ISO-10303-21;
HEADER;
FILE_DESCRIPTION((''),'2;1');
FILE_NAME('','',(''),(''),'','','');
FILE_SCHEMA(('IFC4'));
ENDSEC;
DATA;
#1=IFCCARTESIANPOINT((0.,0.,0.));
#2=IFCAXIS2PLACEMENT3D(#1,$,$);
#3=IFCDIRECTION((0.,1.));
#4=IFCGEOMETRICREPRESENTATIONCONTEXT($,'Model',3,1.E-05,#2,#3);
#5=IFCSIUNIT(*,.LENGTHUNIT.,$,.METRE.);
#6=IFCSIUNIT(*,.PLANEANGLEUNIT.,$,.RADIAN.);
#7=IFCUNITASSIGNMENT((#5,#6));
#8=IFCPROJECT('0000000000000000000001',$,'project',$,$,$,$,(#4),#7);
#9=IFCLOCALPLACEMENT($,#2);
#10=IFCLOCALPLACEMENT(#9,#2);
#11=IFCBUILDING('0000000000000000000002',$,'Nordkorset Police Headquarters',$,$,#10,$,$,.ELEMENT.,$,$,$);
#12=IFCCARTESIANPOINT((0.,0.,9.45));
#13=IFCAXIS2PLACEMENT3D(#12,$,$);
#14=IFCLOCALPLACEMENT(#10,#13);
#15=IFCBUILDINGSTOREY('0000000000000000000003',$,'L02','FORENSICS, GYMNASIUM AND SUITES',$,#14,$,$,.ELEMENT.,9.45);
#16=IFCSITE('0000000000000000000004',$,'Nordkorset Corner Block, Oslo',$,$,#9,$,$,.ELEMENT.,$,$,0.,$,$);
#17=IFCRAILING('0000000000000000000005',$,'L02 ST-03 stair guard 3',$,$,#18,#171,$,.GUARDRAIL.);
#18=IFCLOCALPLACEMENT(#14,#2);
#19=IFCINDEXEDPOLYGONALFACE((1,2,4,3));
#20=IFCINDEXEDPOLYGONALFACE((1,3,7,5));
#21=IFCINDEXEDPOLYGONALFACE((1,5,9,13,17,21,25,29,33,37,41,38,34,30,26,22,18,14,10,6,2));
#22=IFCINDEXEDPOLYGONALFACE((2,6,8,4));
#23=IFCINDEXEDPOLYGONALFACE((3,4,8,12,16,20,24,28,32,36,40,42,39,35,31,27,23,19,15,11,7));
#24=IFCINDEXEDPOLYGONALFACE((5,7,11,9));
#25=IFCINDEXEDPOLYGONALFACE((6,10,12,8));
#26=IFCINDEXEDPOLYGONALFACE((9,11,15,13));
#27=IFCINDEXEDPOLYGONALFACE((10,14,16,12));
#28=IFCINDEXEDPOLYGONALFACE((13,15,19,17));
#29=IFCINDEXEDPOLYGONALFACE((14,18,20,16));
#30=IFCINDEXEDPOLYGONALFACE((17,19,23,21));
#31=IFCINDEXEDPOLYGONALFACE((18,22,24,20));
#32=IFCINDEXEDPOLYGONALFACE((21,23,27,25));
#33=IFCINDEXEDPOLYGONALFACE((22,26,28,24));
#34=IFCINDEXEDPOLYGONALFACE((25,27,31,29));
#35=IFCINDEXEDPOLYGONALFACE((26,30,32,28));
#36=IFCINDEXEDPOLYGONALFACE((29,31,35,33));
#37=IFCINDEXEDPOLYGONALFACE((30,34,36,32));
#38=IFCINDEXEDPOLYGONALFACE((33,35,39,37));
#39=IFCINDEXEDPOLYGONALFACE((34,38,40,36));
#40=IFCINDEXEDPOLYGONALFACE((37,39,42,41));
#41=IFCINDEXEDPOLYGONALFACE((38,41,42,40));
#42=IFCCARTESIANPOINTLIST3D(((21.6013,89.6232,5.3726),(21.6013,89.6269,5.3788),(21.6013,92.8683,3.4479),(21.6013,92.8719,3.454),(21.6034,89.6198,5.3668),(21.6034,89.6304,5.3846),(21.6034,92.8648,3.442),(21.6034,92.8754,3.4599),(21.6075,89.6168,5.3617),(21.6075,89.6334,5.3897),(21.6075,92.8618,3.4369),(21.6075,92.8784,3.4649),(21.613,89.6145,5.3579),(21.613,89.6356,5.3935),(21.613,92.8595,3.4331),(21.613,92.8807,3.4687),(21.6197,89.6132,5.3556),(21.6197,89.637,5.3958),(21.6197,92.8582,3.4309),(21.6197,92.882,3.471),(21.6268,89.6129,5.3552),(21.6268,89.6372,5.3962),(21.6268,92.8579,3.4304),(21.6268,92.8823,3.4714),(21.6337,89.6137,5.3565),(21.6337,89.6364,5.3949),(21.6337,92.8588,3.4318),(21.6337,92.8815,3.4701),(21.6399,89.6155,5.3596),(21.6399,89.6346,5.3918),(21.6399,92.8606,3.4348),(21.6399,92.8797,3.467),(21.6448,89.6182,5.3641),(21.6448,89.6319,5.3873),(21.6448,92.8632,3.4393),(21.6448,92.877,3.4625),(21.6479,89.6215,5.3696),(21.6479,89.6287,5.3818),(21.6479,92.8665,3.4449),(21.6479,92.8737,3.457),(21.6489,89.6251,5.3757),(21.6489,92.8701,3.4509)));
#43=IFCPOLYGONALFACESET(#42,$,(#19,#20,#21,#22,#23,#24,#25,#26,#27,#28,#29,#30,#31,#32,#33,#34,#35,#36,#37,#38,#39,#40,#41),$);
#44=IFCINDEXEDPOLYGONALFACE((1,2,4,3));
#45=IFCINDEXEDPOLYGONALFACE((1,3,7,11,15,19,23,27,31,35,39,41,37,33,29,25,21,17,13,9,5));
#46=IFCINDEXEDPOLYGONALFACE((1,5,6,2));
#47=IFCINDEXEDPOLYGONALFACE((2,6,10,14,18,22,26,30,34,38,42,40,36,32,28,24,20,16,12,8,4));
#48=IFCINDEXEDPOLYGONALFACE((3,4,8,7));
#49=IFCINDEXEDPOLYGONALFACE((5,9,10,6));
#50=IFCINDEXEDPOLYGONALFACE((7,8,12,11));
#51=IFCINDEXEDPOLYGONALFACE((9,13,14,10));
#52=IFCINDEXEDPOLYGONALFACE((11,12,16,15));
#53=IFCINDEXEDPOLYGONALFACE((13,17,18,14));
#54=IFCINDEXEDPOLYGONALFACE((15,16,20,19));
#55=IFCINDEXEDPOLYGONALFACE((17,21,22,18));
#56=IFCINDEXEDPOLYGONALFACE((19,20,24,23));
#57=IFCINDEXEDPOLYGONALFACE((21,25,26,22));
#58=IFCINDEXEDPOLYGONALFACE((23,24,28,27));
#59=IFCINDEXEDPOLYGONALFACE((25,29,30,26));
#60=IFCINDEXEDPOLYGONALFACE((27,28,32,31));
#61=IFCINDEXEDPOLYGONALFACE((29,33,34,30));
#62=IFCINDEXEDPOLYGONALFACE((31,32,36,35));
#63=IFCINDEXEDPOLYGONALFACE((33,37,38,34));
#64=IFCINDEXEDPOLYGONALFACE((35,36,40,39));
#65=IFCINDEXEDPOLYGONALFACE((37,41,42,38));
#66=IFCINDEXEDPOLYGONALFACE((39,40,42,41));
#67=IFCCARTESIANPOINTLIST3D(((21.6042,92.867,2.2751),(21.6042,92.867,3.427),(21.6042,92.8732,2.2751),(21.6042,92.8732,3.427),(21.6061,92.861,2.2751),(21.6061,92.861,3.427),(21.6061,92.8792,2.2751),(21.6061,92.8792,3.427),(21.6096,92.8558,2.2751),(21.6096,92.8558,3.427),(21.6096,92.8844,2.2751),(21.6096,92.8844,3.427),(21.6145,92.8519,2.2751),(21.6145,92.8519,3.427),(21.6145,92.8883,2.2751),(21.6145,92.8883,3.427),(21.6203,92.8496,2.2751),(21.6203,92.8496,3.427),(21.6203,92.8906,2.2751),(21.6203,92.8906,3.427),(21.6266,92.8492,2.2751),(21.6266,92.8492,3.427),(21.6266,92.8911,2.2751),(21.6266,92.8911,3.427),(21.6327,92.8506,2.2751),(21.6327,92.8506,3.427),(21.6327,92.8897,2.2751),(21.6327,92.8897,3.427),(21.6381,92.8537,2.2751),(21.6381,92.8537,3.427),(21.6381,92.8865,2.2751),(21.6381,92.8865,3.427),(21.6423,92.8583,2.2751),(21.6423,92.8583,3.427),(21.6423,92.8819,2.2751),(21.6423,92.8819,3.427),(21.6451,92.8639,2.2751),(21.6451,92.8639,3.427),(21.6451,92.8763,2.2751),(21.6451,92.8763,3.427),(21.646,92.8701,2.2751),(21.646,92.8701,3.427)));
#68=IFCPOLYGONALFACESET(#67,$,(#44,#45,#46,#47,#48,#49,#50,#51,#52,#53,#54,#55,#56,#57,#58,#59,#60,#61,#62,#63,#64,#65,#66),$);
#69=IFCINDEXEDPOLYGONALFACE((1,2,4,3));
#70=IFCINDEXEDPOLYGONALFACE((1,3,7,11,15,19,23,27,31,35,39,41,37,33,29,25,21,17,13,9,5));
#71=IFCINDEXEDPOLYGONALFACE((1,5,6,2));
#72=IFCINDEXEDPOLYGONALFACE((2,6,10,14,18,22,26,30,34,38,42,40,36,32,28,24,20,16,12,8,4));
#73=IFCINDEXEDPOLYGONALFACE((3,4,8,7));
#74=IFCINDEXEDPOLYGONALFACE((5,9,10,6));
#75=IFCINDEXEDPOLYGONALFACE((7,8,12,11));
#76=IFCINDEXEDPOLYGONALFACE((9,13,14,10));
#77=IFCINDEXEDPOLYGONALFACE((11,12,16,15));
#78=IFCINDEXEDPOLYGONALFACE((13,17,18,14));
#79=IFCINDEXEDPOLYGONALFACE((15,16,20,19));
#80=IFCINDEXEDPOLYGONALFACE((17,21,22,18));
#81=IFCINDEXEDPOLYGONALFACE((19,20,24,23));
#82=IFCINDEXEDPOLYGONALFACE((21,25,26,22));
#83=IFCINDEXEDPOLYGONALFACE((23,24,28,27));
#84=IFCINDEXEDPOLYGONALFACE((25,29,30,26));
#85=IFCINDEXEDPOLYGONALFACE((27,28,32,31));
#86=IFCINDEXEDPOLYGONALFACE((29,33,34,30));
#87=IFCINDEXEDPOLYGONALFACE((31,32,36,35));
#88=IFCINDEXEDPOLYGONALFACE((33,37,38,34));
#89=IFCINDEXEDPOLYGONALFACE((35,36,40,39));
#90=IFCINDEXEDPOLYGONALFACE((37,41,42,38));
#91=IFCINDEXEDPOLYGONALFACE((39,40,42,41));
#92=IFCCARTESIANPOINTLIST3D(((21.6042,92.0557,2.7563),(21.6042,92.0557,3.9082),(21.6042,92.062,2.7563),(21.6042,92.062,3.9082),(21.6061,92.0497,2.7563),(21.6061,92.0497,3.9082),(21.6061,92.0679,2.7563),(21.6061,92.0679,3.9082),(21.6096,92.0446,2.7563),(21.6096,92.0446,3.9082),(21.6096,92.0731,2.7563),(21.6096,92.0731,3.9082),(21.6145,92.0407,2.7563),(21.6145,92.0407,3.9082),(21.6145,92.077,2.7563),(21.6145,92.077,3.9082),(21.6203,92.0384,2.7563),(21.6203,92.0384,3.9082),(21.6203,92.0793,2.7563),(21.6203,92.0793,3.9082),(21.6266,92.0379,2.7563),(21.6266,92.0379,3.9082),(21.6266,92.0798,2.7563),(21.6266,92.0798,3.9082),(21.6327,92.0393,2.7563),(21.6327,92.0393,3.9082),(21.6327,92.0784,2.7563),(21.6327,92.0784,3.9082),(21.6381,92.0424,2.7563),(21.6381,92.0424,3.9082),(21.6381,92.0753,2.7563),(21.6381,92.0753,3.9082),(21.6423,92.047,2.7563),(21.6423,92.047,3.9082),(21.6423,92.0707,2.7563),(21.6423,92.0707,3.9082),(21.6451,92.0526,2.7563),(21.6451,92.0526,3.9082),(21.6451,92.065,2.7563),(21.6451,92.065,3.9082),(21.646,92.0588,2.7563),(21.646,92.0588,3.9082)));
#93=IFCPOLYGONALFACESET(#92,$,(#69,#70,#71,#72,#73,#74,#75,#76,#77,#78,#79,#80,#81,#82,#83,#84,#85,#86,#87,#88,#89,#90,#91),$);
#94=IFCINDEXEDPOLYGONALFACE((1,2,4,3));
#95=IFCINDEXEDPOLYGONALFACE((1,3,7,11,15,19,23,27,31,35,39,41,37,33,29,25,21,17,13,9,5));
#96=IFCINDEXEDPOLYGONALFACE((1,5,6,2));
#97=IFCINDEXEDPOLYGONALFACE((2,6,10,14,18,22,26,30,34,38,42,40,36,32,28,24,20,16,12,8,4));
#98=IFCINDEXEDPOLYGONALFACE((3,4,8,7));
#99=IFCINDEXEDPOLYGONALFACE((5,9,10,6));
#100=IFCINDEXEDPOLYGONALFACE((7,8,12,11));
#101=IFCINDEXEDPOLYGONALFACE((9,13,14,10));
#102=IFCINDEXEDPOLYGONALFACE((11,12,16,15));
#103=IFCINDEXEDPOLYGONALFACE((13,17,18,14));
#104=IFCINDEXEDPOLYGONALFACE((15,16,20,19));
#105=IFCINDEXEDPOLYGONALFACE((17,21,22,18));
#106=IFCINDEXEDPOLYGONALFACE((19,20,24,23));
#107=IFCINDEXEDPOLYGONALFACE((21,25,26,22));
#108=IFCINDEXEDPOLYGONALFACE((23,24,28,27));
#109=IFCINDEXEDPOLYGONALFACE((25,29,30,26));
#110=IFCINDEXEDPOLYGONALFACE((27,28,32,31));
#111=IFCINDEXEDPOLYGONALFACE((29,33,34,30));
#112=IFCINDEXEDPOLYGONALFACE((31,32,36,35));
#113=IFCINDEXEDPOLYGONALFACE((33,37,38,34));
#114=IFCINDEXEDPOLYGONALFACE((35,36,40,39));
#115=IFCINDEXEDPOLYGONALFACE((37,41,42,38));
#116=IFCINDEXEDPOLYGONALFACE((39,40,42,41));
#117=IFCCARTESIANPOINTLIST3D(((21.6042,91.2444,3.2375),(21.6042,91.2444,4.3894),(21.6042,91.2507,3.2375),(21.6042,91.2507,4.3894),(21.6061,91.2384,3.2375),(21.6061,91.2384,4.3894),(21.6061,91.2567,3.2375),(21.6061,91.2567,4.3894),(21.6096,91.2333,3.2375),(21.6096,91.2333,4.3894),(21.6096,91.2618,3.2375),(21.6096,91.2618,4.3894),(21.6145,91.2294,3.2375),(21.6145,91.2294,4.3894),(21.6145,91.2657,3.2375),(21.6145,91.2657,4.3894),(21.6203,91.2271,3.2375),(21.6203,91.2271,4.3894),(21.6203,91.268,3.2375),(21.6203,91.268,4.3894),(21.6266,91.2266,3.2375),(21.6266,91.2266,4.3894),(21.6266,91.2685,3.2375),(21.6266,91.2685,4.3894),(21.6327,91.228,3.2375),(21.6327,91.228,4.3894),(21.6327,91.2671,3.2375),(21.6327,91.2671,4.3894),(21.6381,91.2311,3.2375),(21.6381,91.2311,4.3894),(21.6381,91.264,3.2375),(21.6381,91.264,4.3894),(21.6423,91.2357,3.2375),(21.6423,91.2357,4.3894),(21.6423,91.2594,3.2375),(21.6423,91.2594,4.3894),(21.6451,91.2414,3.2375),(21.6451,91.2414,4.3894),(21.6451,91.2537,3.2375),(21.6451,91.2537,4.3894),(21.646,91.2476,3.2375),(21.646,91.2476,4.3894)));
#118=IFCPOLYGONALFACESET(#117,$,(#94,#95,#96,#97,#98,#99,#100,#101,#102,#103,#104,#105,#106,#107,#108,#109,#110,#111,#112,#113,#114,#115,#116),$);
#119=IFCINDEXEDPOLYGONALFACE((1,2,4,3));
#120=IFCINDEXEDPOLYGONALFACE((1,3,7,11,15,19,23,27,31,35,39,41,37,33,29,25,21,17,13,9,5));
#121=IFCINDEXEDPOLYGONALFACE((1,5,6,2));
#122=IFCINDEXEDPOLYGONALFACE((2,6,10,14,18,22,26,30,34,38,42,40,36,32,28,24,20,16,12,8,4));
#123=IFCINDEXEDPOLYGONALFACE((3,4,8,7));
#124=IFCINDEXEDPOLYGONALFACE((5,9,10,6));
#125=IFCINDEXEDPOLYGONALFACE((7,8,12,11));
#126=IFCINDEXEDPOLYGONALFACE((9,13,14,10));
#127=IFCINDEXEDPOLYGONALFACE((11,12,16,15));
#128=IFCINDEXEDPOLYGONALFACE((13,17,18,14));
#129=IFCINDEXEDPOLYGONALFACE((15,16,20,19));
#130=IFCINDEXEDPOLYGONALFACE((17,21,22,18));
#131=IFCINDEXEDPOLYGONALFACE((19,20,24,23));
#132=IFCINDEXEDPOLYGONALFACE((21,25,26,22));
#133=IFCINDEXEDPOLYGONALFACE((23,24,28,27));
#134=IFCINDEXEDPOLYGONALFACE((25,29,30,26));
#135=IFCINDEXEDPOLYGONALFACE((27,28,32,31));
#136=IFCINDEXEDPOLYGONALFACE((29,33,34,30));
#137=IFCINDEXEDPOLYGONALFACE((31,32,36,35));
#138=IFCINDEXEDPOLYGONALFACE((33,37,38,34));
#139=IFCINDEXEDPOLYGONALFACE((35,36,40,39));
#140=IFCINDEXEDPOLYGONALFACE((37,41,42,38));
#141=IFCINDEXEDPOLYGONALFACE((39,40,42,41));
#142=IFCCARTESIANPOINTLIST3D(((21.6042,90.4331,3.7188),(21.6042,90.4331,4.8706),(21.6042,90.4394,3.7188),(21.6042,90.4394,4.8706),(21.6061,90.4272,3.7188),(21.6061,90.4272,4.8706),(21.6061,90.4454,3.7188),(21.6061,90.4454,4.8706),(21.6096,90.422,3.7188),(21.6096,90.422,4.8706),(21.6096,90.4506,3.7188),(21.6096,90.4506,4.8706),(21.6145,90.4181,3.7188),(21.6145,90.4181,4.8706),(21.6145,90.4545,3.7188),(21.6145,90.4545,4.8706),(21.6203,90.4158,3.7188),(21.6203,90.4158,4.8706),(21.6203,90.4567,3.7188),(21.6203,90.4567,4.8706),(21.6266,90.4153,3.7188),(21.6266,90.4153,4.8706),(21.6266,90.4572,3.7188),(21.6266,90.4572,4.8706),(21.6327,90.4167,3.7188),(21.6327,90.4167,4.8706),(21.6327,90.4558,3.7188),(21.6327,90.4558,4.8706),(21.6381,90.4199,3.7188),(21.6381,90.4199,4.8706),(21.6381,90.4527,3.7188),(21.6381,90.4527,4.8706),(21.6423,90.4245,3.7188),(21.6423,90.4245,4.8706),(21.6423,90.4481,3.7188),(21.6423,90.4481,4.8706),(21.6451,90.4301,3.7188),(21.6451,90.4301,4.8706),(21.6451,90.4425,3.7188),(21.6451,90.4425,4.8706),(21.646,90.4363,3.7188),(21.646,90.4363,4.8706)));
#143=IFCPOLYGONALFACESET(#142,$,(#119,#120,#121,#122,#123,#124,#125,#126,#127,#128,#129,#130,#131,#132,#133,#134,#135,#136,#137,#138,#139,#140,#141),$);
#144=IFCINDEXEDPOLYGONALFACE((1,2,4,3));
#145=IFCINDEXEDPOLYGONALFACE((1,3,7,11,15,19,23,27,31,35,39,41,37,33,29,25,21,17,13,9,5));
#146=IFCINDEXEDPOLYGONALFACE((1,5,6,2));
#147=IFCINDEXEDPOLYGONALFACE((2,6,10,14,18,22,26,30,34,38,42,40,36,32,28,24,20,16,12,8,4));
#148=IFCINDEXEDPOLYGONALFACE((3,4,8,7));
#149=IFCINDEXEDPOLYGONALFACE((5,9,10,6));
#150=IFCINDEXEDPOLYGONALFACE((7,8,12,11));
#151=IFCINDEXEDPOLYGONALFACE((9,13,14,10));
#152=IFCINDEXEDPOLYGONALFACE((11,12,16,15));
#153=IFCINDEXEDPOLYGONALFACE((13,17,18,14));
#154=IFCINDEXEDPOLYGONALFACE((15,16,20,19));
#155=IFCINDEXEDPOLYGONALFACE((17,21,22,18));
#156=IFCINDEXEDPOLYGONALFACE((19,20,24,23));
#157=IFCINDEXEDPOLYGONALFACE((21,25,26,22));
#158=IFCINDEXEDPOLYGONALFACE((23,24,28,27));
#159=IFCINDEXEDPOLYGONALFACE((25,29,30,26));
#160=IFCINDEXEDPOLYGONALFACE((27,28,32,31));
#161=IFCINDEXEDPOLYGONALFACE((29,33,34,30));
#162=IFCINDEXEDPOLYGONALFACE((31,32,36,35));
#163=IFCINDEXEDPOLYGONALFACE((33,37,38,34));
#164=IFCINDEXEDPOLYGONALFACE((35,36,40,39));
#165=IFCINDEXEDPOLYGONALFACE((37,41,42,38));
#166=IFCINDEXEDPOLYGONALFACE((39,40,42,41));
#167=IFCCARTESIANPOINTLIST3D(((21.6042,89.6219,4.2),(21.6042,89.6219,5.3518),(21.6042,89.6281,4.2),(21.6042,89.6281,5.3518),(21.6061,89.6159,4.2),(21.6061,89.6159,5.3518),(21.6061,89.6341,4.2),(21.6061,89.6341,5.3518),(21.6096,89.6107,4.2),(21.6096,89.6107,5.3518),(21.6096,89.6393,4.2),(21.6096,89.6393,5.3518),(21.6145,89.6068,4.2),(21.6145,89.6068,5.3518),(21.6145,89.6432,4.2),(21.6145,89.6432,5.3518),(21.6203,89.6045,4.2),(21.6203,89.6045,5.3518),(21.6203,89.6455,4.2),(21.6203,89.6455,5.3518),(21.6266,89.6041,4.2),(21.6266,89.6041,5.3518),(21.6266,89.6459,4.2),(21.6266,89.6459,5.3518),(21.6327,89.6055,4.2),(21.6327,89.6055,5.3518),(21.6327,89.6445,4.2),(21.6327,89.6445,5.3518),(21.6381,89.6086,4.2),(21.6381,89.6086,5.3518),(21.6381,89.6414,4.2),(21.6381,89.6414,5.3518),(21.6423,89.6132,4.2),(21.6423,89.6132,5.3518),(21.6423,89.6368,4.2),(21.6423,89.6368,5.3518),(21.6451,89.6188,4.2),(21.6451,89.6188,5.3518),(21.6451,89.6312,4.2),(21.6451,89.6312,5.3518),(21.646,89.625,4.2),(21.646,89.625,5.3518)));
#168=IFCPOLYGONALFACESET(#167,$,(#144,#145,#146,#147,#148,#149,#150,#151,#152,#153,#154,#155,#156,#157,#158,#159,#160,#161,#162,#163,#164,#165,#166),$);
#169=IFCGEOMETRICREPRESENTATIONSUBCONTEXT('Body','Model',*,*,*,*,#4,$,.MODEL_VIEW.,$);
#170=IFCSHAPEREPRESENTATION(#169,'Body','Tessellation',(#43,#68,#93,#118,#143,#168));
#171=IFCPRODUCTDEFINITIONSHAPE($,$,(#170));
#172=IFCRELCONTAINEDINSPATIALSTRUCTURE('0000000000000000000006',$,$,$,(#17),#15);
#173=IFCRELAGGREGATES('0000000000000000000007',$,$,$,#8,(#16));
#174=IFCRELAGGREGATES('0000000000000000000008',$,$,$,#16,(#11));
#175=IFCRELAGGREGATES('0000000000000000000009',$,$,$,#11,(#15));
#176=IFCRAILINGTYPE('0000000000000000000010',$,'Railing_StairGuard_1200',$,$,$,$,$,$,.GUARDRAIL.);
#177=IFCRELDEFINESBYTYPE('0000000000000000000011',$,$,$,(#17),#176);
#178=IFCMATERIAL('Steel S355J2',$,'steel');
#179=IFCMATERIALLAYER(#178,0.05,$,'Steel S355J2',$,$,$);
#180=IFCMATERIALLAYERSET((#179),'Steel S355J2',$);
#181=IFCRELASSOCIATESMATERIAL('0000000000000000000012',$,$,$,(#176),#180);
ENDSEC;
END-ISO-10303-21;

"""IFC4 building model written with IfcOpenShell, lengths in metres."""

from ifc_helpers import new_model, si_unit, direction, frame, origin, origin_2d, place, context, subcontext, project, spatial, circle, extrude, material, layer, layer_set, type_object, element, save


model = new_model("IFC4")

# Units and contexts
model_context = context("Model", 3, precision=1e-05, world=origin(), true_north=direction((0.0, 1.0)))
body_context = subcontext(model_context, "Body", "Model", "MODEL_VIEW")
ifc_project = project(units=[si_unit("LENGTHUNIT", "METRE"), si_unit("PLANEANGLEUNIT", "RADIAN")], contexts=[model_context])

# Site, building, storey
site_placement = place(None, origin())
site = spatial("IfcSite", under=ifc_project, at=site_placement, Name="Nordkorset Corner Block, Oslo", CompositionType="ELEMENT", RefElevation=0.0)
building_placement = place(site_placement, origin())
building = spatial("IfcBuilding", under=site, at=building_placement, Name="Nordkorset Police Headquarters", CompositionType="ELEMENT")
storey_placement = place(building_placement, frame((0.0, 0.0, 9.45)))
storey = spatial("IfcBuildingStorey", under=building, at=storey_placement, Name="L02", Description="FORENSICS, GYMNASIUM AND SUITES", CompositionType="ELEMENT", Elevation=9.45)

# Railing
ifc_material_1 = material(Name="Steel S355J2", Category="steel")
ifc_layer_1 = layer(ifc_material_1, 0.05, Name="Steel S355J2")
ifc_layer_set_1 = layer_set([ifc_layer_1], Name="Steel S355J2")
railing_type_1 = type_object("IfcRailingType", Name="Railing_StairGuard_1200", PredefinedType="GUARDRAIL", material=ifc_layer_set_1)
railing_1_placement = place(storey_placement, frame((21.625, 92.8701, 2.2751)))
element("IfcRailing", 1, at=railing_1_placement, inside=storey, type_object=railing_type_1, Name="L02 ST-03 stair guard 3", PredefinedType="GUARDRAIL", context=body_context, shape_type="SweptSolid", body=[
    extrude(circle(Radius=0.0239, at=origin_2d()), frame((0.0, 0.0, 1.1758), z_axis=(0.0, -0.860085, 0.51015), x_axis=(1.0, 0.0, 0.0)), (0.0, 0.0, 1.0), 3.7729),
    extrude(circle(Radius=0.021, at=origin_2d()), origin(), (0.0, 0.0, 1.0), 1.1519),
    extrude(circle(Radius=0.021, at=origin_2d()), frame((0.0, -0.8113, 0.4812)), (0.0, 0.0, 1.0), 1.1519),
    extrude(circle(Radius=0.021, at=origin_2d()), frame((0.0, -1.6226, 0.9624)), (0.0, 0.0, 1.0), 1.1519),
    extrude(circle(Radius=0.021, at=origin_2d()), frame((0.0, -2.4338, 1.4436)), (0.0, 0.0, 1.0), 1.1519),
    extrude(circle(Radius=0.021, at=origin_2d()), frame((0.0, -3.2451, 1.9248)), (0.0, 0.0, 1.0), 1.1519),
])

save(model, "model.ifc")
